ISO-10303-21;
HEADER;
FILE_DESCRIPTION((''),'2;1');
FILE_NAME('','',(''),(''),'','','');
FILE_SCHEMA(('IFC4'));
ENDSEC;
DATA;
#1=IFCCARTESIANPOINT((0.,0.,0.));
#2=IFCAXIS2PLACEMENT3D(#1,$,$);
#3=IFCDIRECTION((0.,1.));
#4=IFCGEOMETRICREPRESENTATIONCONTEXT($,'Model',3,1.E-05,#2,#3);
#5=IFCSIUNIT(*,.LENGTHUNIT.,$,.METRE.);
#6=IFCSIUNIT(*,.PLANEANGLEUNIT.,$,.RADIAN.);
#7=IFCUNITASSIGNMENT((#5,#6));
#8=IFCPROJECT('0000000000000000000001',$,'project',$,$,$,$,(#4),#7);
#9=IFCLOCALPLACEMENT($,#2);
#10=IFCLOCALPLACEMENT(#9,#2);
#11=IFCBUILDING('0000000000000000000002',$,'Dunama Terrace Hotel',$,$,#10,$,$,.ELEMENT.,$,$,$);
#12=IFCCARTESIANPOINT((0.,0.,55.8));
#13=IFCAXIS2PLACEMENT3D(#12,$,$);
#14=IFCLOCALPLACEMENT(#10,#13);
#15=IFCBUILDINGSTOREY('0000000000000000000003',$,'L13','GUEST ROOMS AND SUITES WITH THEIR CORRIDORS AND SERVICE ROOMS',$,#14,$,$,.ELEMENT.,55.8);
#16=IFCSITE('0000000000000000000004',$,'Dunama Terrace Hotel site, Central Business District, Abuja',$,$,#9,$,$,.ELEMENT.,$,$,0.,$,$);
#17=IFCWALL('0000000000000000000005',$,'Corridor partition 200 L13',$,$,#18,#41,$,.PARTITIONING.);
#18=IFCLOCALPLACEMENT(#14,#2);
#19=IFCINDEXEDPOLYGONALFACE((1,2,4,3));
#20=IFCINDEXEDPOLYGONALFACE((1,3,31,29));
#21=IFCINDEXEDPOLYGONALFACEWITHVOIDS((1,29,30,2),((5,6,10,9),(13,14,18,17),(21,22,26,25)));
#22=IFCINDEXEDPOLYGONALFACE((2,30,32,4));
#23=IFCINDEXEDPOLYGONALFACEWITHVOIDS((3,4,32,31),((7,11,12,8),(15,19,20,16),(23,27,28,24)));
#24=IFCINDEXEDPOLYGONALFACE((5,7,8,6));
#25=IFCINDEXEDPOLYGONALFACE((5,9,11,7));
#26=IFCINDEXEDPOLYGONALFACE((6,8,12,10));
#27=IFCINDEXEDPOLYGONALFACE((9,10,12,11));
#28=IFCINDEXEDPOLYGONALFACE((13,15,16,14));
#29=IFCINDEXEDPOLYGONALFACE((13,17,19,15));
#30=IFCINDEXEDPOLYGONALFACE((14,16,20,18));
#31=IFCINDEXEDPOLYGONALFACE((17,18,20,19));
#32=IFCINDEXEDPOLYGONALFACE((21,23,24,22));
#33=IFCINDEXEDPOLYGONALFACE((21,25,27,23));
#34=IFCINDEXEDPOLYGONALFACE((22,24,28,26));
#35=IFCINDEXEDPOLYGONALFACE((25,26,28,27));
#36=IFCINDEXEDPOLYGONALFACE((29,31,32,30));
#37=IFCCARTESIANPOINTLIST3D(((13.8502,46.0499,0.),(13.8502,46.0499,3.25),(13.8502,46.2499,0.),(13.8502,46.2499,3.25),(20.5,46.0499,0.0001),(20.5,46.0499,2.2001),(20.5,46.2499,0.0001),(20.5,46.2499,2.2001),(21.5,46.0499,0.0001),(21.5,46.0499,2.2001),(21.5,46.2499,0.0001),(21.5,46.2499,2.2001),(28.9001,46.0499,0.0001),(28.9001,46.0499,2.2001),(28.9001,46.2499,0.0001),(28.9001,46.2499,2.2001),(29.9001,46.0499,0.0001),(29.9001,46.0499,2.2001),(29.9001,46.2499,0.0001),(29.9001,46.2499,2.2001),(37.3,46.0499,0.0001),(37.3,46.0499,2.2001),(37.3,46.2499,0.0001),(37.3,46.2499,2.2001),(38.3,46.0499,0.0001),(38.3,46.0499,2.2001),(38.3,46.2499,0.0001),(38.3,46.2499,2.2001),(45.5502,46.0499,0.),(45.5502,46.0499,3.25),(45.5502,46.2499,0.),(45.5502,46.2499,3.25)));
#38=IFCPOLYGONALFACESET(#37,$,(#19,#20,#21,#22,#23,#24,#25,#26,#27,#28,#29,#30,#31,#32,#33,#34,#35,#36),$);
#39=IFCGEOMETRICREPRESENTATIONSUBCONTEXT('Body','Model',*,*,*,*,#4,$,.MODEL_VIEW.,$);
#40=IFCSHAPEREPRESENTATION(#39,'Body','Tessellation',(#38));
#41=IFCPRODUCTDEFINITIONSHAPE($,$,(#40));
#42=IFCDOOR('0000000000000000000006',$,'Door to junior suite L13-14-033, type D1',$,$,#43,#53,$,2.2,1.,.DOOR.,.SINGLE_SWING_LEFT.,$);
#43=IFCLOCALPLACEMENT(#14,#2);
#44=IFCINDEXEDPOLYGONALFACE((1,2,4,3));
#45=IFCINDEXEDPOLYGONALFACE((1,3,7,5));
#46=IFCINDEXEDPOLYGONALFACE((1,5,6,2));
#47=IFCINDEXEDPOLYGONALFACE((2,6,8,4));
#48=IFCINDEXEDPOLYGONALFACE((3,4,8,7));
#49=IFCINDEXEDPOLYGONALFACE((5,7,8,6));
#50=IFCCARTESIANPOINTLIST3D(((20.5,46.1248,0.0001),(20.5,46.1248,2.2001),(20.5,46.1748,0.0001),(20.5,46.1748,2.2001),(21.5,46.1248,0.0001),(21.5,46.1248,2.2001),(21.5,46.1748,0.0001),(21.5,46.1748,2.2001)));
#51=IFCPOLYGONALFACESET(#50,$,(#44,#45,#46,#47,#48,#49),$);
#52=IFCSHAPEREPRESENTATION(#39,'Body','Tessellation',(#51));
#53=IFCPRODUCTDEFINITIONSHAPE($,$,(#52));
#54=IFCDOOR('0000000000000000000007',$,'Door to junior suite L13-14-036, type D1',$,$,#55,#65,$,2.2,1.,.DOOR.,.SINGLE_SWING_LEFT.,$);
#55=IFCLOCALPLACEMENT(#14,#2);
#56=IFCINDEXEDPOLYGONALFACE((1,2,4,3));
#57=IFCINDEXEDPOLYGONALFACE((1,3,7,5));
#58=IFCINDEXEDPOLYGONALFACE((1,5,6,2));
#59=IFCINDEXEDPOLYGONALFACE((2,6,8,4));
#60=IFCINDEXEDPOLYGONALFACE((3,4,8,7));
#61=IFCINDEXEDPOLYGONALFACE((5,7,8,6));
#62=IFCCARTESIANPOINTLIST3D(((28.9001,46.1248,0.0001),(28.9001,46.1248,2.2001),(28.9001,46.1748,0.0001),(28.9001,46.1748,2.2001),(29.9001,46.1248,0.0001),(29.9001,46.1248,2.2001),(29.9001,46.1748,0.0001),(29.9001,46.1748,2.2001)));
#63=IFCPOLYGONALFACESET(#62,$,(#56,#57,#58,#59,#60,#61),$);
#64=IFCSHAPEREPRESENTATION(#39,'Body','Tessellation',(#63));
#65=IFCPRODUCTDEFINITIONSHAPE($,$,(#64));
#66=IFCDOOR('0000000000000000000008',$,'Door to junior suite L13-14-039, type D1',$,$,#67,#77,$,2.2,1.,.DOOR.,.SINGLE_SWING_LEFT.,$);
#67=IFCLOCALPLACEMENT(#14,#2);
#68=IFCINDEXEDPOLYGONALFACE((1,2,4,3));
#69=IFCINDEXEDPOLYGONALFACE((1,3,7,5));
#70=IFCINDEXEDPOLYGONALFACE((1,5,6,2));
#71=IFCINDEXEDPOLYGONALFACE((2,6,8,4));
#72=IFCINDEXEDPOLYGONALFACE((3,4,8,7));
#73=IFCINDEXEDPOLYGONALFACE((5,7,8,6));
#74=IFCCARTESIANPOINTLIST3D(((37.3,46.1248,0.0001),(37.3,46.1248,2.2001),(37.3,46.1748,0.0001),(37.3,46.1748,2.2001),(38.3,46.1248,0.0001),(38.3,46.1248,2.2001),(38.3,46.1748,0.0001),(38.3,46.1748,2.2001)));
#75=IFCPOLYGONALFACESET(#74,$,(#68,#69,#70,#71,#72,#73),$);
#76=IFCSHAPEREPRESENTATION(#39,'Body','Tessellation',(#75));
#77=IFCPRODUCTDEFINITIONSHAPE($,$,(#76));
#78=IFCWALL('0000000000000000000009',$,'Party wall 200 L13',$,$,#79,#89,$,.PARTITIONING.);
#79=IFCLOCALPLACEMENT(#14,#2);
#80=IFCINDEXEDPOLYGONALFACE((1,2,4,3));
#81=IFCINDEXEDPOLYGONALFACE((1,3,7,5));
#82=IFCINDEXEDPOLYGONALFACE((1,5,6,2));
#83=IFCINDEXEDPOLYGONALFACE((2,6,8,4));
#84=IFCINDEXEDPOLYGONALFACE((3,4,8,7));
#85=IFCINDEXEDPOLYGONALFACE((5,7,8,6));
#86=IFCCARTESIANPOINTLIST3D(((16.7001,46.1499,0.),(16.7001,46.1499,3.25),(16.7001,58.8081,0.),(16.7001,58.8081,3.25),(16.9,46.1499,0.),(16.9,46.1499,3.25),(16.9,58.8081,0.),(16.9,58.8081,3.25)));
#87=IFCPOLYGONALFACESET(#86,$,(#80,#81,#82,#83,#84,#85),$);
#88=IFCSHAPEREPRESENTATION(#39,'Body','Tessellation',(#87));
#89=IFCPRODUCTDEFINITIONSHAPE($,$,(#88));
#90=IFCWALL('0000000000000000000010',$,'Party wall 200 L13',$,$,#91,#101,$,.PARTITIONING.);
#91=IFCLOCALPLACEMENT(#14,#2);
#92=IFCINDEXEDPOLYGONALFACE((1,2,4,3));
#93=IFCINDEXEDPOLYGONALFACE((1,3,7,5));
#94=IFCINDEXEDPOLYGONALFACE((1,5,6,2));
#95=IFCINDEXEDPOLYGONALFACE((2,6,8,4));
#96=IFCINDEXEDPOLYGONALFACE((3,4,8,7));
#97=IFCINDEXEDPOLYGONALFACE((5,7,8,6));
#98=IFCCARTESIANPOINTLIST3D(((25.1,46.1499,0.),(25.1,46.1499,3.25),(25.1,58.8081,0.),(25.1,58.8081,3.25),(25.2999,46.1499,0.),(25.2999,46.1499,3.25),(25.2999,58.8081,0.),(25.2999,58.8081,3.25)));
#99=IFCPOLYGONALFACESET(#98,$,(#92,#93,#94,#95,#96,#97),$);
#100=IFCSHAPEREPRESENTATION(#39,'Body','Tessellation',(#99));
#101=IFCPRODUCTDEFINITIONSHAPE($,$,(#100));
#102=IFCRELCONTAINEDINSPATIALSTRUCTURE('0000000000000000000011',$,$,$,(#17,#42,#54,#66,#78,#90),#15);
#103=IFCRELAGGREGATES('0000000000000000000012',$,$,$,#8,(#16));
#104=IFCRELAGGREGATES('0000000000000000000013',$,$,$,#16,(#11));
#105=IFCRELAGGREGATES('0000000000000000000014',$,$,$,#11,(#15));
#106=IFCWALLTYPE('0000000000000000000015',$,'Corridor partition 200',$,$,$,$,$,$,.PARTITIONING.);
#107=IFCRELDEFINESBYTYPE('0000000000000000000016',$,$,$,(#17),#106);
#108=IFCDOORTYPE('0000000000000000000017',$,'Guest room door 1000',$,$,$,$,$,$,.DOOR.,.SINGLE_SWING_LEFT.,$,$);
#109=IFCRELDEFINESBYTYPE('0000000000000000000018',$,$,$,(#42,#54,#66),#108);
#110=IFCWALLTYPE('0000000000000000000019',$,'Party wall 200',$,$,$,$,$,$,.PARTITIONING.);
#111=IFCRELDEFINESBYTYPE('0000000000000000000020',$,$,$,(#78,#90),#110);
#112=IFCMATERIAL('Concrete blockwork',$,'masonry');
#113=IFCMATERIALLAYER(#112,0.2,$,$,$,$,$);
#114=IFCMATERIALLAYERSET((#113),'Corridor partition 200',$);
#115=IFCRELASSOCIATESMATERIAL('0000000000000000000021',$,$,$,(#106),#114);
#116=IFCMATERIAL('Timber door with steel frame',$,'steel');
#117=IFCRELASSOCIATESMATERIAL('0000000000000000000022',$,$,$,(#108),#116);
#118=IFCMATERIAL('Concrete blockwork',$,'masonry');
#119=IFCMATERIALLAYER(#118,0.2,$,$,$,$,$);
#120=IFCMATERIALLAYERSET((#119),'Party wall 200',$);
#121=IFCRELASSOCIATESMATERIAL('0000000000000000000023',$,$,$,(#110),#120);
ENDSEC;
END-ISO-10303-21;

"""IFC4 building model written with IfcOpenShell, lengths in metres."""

from ifc_helpers import new_model, si_unit, direction, frame, frame_2d, origin, place, context, subcontext, project, spatial, rectangle, extrude, material, layer, layer_set, type_object, element, fill, save


model = new_model("IFC4")

# Units and contexts
model_context = context("Model", 3, precision=1e-05, world=origin(), true_north=direction((0.0, 1.0)))
body_context = subcontext(model_context, "Body", "Model", "MODEL_VIEW")
ifc_project = project(units=[si_unit("LENGTHUNIT", "METRE"), si_unit("PLANEANGLEUNIT", "RADIAN")], contexts=[model_context])

# Site, building, storey
site_placement = place(None, origin())
site = spatial("IfcSite", under=ifc_project, at=site_placement, Name="Dunama Terrace Hotel site, Central Business District, Abuja", CompositionType="ELEMENT", RefElevation=0.0)
building_placement = place(site_placement, origin())
building = spatial("IfcBuilding", under=site, at=building_placement, Name="Dunama Terrace Hotel", CompositionType="ELEMENT")
storey_placement = place(building_placement, frame((0.0, 0.0, 55.8)))
storey = spatial("IfcBuildingStorey", under=building, at=storey_placement, Name="L13", Description="GUEST ROOMS AND SUITES WITH THEIR CORRIDORS AND SERVICE ROOMS", CompositionType="ELEMENT", Elevation=55.8)

# Wall, openings, doors
ifc_material_1 = material(Name="Concrete blockwork", Category="masonry")
ifc_layer_1 = layer(ifc_material_1, 0.2)
ifc_layer_set_1 = layer_set([ifc_layer_1], Name="Corridor partition 200")
wall_type_1 = type_object("IfcWallType", Name="Corridor partition 200", PredefinedType="PARTITIONING", material=ifc_layer_set_1)
wall_1_placement = place(storey_placement, frame((13.8501, 46.1499, 0.0), z_axis=(0.0, 0.0, 1.0), x_axis=(1.0, 0.0, 0.0)))
wall_1 = element("IfcWall", 1, at=wall_1_placement, inside=storey, type_object=wall_type_1, Name="Corridor partition 200 L13", PredefinedType="PARTITIONING", context=body_context, shape_type="SweptSolid", body=[
    extrude(rectangle(XDim=31.7, YDim=0.2, at=frame_2d((15.8501, 0.0))), origin(), (0.0, 0.0, 1.0), 3.25),
])
opening_1_placement = place(wall_1_placement, frame((6.6499, 0.0, 0.0)))
opening_1 = element("IfcOpeningElement", 2, at=opening_1_placement, cuts=wall_1, PredefinedType="OPENING", context=body_context, shape_type="SweptSolid", body=[
    extrude(rectangle(XDim=1.0, YDim=2.2, at=frame_2d((0.5, 1.1001))), frame((0.0, 0.1099, 0.0), z_axis=(0.0, -1.0, 0.0), x_axis=(1.0, 0.0, 0.0)), (0.0, 0.0, 1.0), 0.22),
])
opening_2_placement = place(wall_1_placement, frame((15.05, 0.0, 0.0)))
opening_2 = element("IfcOpeningElement", 3, at=opening_2_placement, cuts=wall_1, PredefinedType="OPENING", context=body_context, shape_type="SweptSolid", body=[
    extrude(rectangle(XDim=1.0, YDim=2.2, at=frame_2d((0.5, 1.1001))), frame((0.0, 0.1099, 0.0), z_axis=(0.0, -1.0, 0.0), x_axis=(1.0, 0.0, 0.0)), (0.0, 0.0, 1.0), 0.22),
])
opening_3_placement = place(wall_1_placement, frame((23.45, 0.0, 0.0)))
opening_3 = element("IfcOpeningElement", 4, at=opening_3_placement, cuts=wall_1, PredefinedType="OPENING", context=body_context, shape_type="SweptSolid", body=[
    extrude(rectangle(XDim=1.0, YDim=2.2, at=frame_2d((0.5, 1.1001))), frame((0.0, 0.1099, 0.0), z_axis=(0.0, -1.0, 0.0), x_axis=(1.0, 0.0, 0.0)), (0.0, 0.0, 1.0), 0.22),
])
ifc_material_2 = material(Name="Timber door with steel frame", Category="steel")
door_type_1 = type_object("IfcDoorType", Name="Guest room door 1000", OperationType="SINGLE_SWING_LEFT", PredefinedType="DOOR", material=ifc_material_2)
door_1_placement = place(opening_1_placement, origin())
door_1 = element("IfcDoor", 5, at=door_1_placement, inside=storey, type_object=door_type_1, Name="Door to junior suite L13-14-033, type D1", OperationType="SINGLE_SWING_LEFT", OverallHeight=2.2, OverallWidth=1.0, PredefinedType="DOOR", context=body_context, shape_type="SweptSolid", body=[
    extrude(rectangle(XDim=1.0, YDim=2.2, at=frame_2d((0.5, 1.1001))), frame((0.0, 0.0249, 0.0), z_axis=(0.0, -1.0, 0.0), x_axis=(1.0, 0.0, 0.0)), (0.0, 0.0, 1.0), 0.05),
])
fill(opening_1, door_1)
door_2_placement = place(opening_2_placement, origin())
door_2 = element("IfcDoor", 6, at=door_2_placement, inside=storey, type_object=door_type_1, Name="Door to junior suite L13-14-036, type D1", OperationType="SINGLE_SWING_LEFT", OverallHeight=2.2, OverallWidth=1.0, PredefinedType="DOOR", context=body_context, shape_type="SweptSolid", body=[
    extrude(rectangle(XDim=1.0, YDim=2.2, at=frame_2d((0.5, 1.1001))), frame((0.0, 0.0249, 0.0), z_axis=(0.0, -1.0, 0.0), x_axis=(1.0, 0.0, 0.0)), (0.0, 0.0, 1.0), 0.05),
])
fill(opening_2, door_2)
door_3_placement = place(opening_3_placement, origin())
door_3 = element("IfcDoor", 7, at=door_3_placement, inside=storey, type_object=door_type_1, Name="Door to junior suite L13-14-039, type D1", OperationType="SINGLE_SWING_LEFT", OverallHeight=2.2, OverallWidth=1.0, PredefinedType="DOOR", context=body_context, shape_type="SweptSolid", body=[
    extrude(rectangle(XDim=1.0, YDim=2.2, at=frame_2d((0.5, 1.1001))), frame((0.0, 0.0249, 0.0), z_axis=(0.0, -1.0, 0.0), x_axis=(1.0, 0.0, 0.0)), (0.0, 0.0, 1.0), 0.05),
])
fill(opening_3, door_3)

# Walls
ifc_material_3 = material(Name="Concrete blockwork", Category="masonry")
ifc_layer_2 = layer(ifc_material_3, 0.2)
ifc_layer_set_2 = layer_set([ifc_layer_2], Name="Party wall 200")
wall_type_2 = type_object("IfcWallType", Name="Party wall 200", PredefinedType="PARTITIONING", material=ifc_layer_set_2)
for number, where, z_axis, x_axis, name in (
    (8, (16.8, 46.1499, 0.0), (0.0, 0.0, 1.0), (0.0, 1.0, 0.0), "Party wall 200 L13"),
    (9, (25.2, 46.1499, 0.0), (0.0, 0.0, 1.0), (0.0, 1.0, 0.0), "Party wall 200 L13"),
):
    element("IfcWall", number, at=place(storey_placement, frame(where, z_axis=z_axis, x_axis=x_axis)), inside=storey, type_object=wall_type_2, Name=name, PredefinedType="PARTITIONING", context=body_context, shape_type="SweptSolid", body=[
        extrude(rectangle(XDim=12.6582, YDim=0.2, at=frame_2d((6.3291, 0.0))), origin(), (0.0, 0.0, 1.0), 3.25),
    ])

save(model, "model.ifc")
